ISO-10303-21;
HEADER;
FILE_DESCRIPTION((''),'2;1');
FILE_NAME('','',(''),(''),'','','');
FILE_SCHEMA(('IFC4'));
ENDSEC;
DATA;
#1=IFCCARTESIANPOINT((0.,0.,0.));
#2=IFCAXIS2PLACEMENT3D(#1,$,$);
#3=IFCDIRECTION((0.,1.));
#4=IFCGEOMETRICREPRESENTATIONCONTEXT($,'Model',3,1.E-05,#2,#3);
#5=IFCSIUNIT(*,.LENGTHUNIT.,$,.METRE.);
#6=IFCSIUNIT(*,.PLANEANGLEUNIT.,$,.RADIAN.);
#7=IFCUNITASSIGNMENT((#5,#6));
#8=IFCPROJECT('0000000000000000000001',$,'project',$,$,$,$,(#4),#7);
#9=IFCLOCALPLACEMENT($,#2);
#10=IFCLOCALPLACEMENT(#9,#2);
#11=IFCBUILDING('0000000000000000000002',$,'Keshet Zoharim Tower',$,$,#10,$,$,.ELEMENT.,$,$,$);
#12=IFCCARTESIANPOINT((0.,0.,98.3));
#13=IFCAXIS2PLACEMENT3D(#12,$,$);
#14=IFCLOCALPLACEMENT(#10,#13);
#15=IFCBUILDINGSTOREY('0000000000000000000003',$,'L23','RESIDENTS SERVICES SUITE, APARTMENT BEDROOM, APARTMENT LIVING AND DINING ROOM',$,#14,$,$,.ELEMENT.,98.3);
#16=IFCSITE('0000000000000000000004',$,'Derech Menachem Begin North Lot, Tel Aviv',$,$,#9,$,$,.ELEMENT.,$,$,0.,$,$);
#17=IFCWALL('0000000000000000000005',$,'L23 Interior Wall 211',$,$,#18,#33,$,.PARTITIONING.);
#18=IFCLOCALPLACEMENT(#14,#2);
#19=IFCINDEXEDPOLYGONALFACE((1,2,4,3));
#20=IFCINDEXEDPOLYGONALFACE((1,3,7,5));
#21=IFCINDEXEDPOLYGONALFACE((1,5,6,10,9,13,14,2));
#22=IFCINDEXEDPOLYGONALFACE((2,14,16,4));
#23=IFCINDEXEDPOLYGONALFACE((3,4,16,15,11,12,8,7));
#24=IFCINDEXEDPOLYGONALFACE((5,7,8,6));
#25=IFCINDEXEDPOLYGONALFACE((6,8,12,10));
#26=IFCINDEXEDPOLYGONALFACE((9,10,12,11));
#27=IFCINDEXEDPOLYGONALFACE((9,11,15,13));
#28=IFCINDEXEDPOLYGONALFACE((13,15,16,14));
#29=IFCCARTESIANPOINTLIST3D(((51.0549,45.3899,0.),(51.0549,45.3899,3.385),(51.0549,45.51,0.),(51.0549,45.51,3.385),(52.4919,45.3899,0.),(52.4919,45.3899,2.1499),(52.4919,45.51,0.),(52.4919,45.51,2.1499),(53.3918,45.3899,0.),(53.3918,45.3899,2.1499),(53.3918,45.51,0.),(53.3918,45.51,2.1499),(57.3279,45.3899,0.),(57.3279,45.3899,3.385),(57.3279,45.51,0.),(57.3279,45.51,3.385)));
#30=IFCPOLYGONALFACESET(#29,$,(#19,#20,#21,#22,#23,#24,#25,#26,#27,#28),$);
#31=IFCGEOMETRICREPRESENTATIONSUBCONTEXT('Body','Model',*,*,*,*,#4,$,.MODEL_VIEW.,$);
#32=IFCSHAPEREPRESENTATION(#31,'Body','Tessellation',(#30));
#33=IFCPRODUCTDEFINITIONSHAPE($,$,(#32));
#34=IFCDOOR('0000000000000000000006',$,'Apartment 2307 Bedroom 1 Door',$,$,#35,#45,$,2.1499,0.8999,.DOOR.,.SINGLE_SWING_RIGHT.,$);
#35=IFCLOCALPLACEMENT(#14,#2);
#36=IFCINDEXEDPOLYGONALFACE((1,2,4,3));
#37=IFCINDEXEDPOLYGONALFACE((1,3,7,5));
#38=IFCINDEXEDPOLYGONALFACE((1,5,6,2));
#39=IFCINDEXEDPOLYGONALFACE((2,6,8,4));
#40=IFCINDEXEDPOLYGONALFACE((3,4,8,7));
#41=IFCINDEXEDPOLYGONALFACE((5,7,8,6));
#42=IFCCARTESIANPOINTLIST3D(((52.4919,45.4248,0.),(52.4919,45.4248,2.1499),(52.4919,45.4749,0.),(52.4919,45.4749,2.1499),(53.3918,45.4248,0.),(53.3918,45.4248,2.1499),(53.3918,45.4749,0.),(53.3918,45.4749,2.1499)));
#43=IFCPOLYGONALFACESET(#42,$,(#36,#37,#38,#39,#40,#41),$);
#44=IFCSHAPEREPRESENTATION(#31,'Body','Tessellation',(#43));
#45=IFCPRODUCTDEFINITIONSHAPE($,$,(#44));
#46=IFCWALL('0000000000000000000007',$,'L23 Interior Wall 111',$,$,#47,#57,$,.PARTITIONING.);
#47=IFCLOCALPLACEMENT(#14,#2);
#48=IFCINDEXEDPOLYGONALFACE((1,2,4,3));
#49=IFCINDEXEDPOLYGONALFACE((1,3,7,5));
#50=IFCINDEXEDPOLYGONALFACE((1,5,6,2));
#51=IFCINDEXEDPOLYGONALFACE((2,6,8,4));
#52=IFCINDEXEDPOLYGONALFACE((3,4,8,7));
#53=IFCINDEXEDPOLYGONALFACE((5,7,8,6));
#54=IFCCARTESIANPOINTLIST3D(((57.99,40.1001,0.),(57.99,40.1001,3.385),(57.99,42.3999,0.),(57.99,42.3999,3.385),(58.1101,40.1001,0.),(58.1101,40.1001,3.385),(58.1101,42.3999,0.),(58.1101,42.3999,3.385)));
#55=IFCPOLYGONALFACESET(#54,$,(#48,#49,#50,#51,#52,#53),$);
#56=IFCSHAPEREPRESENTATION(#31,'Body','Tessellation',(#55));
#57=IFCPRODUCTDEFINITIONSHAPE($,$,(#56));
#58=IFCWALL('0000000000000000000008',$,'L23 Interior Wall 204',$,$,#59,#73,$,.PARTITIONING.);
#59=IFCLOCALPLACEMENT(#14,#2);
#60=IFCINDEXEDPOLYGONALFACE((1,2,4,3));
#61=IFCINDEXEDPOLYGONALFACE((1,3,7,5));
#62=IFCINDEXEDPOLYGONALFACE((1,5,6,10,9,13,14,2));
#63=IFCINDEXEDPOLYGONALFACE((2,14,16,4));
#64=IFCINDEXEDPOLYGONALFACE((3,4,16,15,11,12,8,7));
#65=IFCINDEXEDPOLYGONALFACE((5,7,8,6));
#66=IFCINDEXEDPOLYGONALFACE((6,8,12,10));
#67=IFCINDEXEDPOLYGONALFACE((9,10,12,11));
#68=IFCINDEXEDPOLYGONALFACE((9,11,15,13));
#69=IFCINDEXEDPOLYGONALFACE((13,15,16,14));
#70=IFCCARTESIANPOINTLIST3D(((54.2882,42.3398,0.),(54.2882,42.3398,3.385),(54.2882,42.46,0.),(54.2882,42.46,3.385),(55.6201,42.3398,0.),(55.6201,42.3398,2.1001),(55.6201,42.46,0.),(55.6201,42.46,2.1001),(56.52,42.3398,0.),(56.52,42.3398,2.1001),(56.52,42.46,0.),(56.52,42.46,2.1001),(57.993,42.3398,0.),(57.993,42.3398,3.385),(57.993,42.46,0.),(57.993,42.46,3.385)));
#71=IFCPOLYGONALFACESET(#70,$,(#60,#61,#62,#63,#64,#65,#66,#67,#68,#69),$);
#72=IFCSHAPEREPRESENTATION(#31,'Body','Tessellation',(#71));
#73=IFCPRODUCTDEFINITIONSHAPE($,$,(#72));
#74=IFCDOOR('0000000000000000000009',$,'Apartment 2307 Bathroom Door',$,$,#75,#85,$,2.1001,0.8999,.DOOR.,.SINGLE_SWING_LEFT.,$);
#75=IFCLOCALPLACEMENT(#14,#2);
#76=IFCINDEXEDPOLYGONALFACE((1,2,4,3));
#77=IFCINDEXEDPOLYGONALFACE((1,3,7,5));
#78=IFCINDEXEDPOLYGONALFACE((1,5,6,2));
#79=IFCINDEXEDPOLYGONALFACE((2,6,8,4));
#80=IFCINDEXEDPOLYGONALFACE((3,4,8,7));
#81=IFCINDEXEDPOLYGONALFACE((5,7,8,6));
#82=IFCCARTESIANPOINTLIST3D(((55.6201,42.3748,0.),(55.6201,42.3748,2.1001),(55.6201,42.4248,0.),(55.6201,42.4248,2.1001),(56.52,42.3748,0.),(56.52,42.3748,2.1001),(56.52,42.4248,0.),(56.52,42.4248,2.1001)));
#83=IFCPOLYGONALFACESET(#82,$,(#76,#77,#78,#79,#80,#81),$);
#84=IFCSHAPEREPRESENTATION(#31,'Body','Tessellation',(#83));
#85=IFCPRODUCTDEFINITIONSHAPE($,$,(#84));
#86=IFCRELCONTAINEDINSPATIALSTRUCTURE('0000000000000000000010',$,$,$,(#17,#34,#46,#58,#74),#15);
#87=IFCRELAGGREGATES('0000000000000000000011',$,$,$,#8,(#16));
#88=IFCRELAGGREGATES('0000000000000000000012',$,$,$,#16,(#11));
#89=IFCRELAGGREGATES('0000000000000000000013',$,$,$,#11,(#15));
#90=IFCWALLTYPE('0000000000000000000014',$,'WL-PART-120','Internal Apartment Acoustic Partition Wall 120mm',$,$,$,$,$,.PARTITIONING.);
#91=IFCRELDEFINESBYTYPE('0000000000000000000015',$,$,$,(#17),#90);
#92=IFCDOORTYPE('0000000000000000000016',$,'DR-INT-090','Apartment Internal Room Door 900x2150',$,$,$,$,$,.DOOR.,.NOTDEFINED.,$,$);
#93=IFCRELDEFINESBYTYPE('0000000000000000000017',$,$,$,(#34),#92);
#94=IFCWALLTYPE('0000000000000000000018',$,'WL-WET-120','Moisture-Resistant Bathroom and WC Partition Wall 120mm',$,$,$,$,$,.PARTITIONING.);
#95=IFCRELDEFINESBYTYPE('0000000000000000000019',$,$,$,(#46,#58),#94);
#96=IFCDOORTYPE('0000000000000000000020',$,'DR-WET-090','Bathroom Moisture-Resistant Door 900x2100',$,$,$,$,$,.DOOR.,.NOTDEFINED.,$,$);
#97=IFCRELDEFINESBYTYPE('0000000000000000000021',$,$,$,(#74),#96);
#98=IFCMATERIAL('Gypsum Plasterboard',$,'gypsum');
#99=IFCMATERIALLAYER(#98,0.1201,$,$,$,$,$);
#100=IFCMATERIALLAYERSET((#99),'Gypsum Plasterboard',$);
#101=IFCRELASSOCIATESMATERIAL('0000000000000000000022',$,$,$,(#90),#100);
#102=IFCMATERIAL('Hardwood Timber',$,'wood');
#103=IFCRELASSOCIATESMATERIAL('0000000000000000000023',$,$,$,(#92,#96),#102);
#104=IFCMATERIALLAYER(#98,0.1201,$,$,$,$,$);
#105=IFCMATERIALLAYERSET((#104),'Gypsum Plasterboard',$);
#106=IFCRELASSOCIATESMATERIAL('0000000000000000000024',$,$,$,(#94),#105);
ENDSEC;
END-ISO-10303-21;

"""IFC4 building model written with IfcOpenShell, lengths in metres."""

from ifc_helpers import new_model, si_unit, direction, frame, frame_2d, origin, place, context, subcontext, project, spatial, rectangle, extrude, material, layer, layer_set, type_object, element, fill, save


model = new_model("IFC4")

# Units and contexts
model_context = context("Model", 3, precision=1e-05, world=origin(), true_north=direction((0.0, 1.0)))
body_context = subcontext(model_context, "Body", "Model", "MODEL_VIEW")
ifc_project = project(units=[si_unit("LENGTHUNIT", "METRE"), si_unit("PLANEANGLEUNIT", "RADIAN")], contexts=[model_context])

# Site, building, storey
site_placement = place(None, origin())
site = spatial("IfcSite", under=ifc_project, at=site_placement, Name="Derech Menachem Begin North Lot, Tel Aviv", CompositionType="ELEMENT", RefElevation=0.0)
building_placement = place(site_placement, origin())
building = spatial("IfcBuilding", under=site, at=building_placement, Name="Keshet Zoharim Tower", CompositionType="ELEMENT")
storey_placement = place(building_placement, frame((0.0, 0.0, 98.3)))
storey = spatial("IfcBuildingStorey", under=building, at=storey_placement, Name="L23", Description="RESIDENTS SERVICES SUITE, APARTMENT BEDROOM, APARTMENT LIVING AND DINING ROOM", CompositionType="ELEMENT", Elevation=98.3)

# Shared definitions
ifc_material_1 = material(Name="Gypsum Plasterboard", Category="gypsum")
ifc_layer_1 = layer(ifc_material_1, 0.1201)
ifc_layer_set_1 = layer_set([ifc_layer_1], Name="Gypsum Plasterboard")
wall_type_1 = type_object("IfcWallType", Name="WL-PART-120", Description="Internal Apartment Acoustic Partition Wall 120mm", PredefinedType="PARTITIONING", material=ifc_layer_set_1)

# Shared definitions
ifc_material_2 = material(Name="Hardwood Timber", Category="wood")
door_type_1 = type_object("IfcDoorType", Name="DR-INT-090", Description="Apartment Internal Room Door 900x2150", OperationType="NOTDEFINED", PredefinedType="DOOR", material=ifc_material_2)

# Wall, opening, door
wall_1_placement = place(storey_placement, frame((51.0549, 45.45, 0.0), z_axis=(0.0, 0.0, 1.0), x_axis=(1.0, 0.0, 0.0)))
wall_1 = element("IfcWall", 1, at=wall_1_placement, inside=storey, type_object=wall_type_1, Name="L23 Interior Wall 211", PredefinedType="PARTITIONING", context=body_context, shape_type="SweptSolid", body=[
    extrude(rectangle(XDim=6.2729, YDim=0.1201, at=frame_2d((3.1365, 0.0))), origin(), (0.0, 0.0, 1.0), 3.385),
])
opening_1_placement = place(wall_1_placement, frame((1.437, 0.0, 0.0)))
opening_1 = element("IfcOpeningElement", 2, at=opening_1_placement, cuts=wall_1, PredefinedType="OPENING", context=body_context, shape_type="SweptSolid", body=[
    extrude(rectangle(XDim=0.8999, YDim=2.1499, at=frame_2d((0.45, 1.075))), frame((0.0, 0.0701, 0.0), z_axis=(0.0, -1.0, 0.0), x_axis=(1.0, 0.0, 0.0)), (0.0, 0.0, 1.0), 0.1401),
])
door_1_placement = place(opening_1_placement, origin())
door_1 = element("IfcDoor", 3, at=door_1_placement, inside=storey, type_object=door_type_1, Name="Apartment 2307 Bedroom 1 Door", OperationType="SINGLE_SWING_RIGHT", OverallHeight=2.1499, OverallWidth=0.8999, PredefinedType="DOOR", context=body_context, shape_type="SweptSolid", body=[
    extrude(rectangle(XDim=0.8999, YDim=2.1499, at=frame_2d((0.45, 1.075))), frame((0.0, 0.0249, 0.0), z_axis=(0.0, -1.0, 0.0), x_axis=(1.0, 0.0, 0.0)), (0.0, 0.0, 1.0), 0.05),
])
fill(opening_1, door_1)

# Wall
ifc_layer_2 = layer(ifc_material_1, 0.1201)
ifc_layer_set_2 = layer_set([ifc_layer_2], Name="Gypsum Plasterboard")
wall_type_2 = type_object("IfcWallType", Name="WL-WET-120", Description="Moisture-Resistant Bathroom and WC Partition Wall 120mm", PredefinedType="PARTITIONING", material=ifc_layer_set_2)
wall_2_placement = place(storey_placement, frame((58.05, 40.1001, 0.0), z_axis=(0.0, 0.0, 1.0), x_axis=(0.0, 1.0, 0.0)))
element("IfcWall", 4, at=wall_2_placement, inside=storey, type_object=wall_type_2, Name="L23 Interior Wall 111", PredefinedType="PARTITIONING", context=body_context, shape_type="SweptSolid", body=[
    extrude(rectangle(XDim=2.2998, YDim=0.1201, at=frame_2d((1.1499, 0.0))), origin(), (0.0, 0.0, 1.0), 3.385),
])

# Wall, opening, door
wall_3_placement = place(storey_placement, frame((54.2881, 42.3999, 0.0), z_axis=(0.0, 0.0, 1.0), x_axis=(1.0, 0.0, 0.0)))
wall_3 = element("IfcWall", 5, at=wall_3_placement, inside=storey, type_object=wall_type_2, Name="L23 Interior Wall 204", PredefinedType="PARTITIONING", context=body_context, shape_type="SweptSolid", body=[
    extrude(rectangle(XDim=3.7048, YDim=0.1201, at=frame_2d((1.8525, 0.0))), origin(), (0.0, 0.0, 1.0), 3.385),
])
opening_2_placement = place(wall_3_placement, frame((1.332, 0.0, 0.0)))
opening_2 = element("IfcOpeningElement", 6, at=opening_2_placement, cuts=wall_3, PredefinedType="OPENING", context=body_context, shape_type="SweptSolid", body=[
    extrude(rectangle(XDim=0.8999, YDim=2.1001, at=frame_2d((0.45, 1.05))), frame((0.0, 0.0701, 0.0), z_axis=(0.0, -1.0, 0.0), x_axis=(1.0, 0.0, 0.0)), (0.0, 0.0, 1.0), 0.1401),
])
door_type_2 = type_object("IfcDoorType", Name="DR-WET-090", Description="Bathroom Moisture-Resistant Door 900x2100", OperationType="NOTDEFINED", PredefinedType="DOOR", material=ifc_material_2)
door_2_placement = place(opening_2_placement, origin())
door_2 = element("IfcDoor", 7, at=door_2_placement, inside=storey, type_object=door_type_2, Name="Apartment 2307 Bathroom Door", OperationType="SINGLE_SWING_LEFT", OverallHeight=2.1001, OverallWidth=0.8999, PredefinedType="DOOR", context=body_context, shape_type="SweptSolid", body=[
    extrude(rectangle(XDim=0.8999, YDim=2.1001, at=frame_2d((0.45, 1.05))), frame((0.0, 0.0249, 0.0), z_axis=(0.0, -1.0, 0.0), x_axis=(1.0, 0.0, 0.0)), (0.0, 0.0, 1.0), 0.05),
])
fill(opening_2, door_2)

save(model, "model.ifc")
